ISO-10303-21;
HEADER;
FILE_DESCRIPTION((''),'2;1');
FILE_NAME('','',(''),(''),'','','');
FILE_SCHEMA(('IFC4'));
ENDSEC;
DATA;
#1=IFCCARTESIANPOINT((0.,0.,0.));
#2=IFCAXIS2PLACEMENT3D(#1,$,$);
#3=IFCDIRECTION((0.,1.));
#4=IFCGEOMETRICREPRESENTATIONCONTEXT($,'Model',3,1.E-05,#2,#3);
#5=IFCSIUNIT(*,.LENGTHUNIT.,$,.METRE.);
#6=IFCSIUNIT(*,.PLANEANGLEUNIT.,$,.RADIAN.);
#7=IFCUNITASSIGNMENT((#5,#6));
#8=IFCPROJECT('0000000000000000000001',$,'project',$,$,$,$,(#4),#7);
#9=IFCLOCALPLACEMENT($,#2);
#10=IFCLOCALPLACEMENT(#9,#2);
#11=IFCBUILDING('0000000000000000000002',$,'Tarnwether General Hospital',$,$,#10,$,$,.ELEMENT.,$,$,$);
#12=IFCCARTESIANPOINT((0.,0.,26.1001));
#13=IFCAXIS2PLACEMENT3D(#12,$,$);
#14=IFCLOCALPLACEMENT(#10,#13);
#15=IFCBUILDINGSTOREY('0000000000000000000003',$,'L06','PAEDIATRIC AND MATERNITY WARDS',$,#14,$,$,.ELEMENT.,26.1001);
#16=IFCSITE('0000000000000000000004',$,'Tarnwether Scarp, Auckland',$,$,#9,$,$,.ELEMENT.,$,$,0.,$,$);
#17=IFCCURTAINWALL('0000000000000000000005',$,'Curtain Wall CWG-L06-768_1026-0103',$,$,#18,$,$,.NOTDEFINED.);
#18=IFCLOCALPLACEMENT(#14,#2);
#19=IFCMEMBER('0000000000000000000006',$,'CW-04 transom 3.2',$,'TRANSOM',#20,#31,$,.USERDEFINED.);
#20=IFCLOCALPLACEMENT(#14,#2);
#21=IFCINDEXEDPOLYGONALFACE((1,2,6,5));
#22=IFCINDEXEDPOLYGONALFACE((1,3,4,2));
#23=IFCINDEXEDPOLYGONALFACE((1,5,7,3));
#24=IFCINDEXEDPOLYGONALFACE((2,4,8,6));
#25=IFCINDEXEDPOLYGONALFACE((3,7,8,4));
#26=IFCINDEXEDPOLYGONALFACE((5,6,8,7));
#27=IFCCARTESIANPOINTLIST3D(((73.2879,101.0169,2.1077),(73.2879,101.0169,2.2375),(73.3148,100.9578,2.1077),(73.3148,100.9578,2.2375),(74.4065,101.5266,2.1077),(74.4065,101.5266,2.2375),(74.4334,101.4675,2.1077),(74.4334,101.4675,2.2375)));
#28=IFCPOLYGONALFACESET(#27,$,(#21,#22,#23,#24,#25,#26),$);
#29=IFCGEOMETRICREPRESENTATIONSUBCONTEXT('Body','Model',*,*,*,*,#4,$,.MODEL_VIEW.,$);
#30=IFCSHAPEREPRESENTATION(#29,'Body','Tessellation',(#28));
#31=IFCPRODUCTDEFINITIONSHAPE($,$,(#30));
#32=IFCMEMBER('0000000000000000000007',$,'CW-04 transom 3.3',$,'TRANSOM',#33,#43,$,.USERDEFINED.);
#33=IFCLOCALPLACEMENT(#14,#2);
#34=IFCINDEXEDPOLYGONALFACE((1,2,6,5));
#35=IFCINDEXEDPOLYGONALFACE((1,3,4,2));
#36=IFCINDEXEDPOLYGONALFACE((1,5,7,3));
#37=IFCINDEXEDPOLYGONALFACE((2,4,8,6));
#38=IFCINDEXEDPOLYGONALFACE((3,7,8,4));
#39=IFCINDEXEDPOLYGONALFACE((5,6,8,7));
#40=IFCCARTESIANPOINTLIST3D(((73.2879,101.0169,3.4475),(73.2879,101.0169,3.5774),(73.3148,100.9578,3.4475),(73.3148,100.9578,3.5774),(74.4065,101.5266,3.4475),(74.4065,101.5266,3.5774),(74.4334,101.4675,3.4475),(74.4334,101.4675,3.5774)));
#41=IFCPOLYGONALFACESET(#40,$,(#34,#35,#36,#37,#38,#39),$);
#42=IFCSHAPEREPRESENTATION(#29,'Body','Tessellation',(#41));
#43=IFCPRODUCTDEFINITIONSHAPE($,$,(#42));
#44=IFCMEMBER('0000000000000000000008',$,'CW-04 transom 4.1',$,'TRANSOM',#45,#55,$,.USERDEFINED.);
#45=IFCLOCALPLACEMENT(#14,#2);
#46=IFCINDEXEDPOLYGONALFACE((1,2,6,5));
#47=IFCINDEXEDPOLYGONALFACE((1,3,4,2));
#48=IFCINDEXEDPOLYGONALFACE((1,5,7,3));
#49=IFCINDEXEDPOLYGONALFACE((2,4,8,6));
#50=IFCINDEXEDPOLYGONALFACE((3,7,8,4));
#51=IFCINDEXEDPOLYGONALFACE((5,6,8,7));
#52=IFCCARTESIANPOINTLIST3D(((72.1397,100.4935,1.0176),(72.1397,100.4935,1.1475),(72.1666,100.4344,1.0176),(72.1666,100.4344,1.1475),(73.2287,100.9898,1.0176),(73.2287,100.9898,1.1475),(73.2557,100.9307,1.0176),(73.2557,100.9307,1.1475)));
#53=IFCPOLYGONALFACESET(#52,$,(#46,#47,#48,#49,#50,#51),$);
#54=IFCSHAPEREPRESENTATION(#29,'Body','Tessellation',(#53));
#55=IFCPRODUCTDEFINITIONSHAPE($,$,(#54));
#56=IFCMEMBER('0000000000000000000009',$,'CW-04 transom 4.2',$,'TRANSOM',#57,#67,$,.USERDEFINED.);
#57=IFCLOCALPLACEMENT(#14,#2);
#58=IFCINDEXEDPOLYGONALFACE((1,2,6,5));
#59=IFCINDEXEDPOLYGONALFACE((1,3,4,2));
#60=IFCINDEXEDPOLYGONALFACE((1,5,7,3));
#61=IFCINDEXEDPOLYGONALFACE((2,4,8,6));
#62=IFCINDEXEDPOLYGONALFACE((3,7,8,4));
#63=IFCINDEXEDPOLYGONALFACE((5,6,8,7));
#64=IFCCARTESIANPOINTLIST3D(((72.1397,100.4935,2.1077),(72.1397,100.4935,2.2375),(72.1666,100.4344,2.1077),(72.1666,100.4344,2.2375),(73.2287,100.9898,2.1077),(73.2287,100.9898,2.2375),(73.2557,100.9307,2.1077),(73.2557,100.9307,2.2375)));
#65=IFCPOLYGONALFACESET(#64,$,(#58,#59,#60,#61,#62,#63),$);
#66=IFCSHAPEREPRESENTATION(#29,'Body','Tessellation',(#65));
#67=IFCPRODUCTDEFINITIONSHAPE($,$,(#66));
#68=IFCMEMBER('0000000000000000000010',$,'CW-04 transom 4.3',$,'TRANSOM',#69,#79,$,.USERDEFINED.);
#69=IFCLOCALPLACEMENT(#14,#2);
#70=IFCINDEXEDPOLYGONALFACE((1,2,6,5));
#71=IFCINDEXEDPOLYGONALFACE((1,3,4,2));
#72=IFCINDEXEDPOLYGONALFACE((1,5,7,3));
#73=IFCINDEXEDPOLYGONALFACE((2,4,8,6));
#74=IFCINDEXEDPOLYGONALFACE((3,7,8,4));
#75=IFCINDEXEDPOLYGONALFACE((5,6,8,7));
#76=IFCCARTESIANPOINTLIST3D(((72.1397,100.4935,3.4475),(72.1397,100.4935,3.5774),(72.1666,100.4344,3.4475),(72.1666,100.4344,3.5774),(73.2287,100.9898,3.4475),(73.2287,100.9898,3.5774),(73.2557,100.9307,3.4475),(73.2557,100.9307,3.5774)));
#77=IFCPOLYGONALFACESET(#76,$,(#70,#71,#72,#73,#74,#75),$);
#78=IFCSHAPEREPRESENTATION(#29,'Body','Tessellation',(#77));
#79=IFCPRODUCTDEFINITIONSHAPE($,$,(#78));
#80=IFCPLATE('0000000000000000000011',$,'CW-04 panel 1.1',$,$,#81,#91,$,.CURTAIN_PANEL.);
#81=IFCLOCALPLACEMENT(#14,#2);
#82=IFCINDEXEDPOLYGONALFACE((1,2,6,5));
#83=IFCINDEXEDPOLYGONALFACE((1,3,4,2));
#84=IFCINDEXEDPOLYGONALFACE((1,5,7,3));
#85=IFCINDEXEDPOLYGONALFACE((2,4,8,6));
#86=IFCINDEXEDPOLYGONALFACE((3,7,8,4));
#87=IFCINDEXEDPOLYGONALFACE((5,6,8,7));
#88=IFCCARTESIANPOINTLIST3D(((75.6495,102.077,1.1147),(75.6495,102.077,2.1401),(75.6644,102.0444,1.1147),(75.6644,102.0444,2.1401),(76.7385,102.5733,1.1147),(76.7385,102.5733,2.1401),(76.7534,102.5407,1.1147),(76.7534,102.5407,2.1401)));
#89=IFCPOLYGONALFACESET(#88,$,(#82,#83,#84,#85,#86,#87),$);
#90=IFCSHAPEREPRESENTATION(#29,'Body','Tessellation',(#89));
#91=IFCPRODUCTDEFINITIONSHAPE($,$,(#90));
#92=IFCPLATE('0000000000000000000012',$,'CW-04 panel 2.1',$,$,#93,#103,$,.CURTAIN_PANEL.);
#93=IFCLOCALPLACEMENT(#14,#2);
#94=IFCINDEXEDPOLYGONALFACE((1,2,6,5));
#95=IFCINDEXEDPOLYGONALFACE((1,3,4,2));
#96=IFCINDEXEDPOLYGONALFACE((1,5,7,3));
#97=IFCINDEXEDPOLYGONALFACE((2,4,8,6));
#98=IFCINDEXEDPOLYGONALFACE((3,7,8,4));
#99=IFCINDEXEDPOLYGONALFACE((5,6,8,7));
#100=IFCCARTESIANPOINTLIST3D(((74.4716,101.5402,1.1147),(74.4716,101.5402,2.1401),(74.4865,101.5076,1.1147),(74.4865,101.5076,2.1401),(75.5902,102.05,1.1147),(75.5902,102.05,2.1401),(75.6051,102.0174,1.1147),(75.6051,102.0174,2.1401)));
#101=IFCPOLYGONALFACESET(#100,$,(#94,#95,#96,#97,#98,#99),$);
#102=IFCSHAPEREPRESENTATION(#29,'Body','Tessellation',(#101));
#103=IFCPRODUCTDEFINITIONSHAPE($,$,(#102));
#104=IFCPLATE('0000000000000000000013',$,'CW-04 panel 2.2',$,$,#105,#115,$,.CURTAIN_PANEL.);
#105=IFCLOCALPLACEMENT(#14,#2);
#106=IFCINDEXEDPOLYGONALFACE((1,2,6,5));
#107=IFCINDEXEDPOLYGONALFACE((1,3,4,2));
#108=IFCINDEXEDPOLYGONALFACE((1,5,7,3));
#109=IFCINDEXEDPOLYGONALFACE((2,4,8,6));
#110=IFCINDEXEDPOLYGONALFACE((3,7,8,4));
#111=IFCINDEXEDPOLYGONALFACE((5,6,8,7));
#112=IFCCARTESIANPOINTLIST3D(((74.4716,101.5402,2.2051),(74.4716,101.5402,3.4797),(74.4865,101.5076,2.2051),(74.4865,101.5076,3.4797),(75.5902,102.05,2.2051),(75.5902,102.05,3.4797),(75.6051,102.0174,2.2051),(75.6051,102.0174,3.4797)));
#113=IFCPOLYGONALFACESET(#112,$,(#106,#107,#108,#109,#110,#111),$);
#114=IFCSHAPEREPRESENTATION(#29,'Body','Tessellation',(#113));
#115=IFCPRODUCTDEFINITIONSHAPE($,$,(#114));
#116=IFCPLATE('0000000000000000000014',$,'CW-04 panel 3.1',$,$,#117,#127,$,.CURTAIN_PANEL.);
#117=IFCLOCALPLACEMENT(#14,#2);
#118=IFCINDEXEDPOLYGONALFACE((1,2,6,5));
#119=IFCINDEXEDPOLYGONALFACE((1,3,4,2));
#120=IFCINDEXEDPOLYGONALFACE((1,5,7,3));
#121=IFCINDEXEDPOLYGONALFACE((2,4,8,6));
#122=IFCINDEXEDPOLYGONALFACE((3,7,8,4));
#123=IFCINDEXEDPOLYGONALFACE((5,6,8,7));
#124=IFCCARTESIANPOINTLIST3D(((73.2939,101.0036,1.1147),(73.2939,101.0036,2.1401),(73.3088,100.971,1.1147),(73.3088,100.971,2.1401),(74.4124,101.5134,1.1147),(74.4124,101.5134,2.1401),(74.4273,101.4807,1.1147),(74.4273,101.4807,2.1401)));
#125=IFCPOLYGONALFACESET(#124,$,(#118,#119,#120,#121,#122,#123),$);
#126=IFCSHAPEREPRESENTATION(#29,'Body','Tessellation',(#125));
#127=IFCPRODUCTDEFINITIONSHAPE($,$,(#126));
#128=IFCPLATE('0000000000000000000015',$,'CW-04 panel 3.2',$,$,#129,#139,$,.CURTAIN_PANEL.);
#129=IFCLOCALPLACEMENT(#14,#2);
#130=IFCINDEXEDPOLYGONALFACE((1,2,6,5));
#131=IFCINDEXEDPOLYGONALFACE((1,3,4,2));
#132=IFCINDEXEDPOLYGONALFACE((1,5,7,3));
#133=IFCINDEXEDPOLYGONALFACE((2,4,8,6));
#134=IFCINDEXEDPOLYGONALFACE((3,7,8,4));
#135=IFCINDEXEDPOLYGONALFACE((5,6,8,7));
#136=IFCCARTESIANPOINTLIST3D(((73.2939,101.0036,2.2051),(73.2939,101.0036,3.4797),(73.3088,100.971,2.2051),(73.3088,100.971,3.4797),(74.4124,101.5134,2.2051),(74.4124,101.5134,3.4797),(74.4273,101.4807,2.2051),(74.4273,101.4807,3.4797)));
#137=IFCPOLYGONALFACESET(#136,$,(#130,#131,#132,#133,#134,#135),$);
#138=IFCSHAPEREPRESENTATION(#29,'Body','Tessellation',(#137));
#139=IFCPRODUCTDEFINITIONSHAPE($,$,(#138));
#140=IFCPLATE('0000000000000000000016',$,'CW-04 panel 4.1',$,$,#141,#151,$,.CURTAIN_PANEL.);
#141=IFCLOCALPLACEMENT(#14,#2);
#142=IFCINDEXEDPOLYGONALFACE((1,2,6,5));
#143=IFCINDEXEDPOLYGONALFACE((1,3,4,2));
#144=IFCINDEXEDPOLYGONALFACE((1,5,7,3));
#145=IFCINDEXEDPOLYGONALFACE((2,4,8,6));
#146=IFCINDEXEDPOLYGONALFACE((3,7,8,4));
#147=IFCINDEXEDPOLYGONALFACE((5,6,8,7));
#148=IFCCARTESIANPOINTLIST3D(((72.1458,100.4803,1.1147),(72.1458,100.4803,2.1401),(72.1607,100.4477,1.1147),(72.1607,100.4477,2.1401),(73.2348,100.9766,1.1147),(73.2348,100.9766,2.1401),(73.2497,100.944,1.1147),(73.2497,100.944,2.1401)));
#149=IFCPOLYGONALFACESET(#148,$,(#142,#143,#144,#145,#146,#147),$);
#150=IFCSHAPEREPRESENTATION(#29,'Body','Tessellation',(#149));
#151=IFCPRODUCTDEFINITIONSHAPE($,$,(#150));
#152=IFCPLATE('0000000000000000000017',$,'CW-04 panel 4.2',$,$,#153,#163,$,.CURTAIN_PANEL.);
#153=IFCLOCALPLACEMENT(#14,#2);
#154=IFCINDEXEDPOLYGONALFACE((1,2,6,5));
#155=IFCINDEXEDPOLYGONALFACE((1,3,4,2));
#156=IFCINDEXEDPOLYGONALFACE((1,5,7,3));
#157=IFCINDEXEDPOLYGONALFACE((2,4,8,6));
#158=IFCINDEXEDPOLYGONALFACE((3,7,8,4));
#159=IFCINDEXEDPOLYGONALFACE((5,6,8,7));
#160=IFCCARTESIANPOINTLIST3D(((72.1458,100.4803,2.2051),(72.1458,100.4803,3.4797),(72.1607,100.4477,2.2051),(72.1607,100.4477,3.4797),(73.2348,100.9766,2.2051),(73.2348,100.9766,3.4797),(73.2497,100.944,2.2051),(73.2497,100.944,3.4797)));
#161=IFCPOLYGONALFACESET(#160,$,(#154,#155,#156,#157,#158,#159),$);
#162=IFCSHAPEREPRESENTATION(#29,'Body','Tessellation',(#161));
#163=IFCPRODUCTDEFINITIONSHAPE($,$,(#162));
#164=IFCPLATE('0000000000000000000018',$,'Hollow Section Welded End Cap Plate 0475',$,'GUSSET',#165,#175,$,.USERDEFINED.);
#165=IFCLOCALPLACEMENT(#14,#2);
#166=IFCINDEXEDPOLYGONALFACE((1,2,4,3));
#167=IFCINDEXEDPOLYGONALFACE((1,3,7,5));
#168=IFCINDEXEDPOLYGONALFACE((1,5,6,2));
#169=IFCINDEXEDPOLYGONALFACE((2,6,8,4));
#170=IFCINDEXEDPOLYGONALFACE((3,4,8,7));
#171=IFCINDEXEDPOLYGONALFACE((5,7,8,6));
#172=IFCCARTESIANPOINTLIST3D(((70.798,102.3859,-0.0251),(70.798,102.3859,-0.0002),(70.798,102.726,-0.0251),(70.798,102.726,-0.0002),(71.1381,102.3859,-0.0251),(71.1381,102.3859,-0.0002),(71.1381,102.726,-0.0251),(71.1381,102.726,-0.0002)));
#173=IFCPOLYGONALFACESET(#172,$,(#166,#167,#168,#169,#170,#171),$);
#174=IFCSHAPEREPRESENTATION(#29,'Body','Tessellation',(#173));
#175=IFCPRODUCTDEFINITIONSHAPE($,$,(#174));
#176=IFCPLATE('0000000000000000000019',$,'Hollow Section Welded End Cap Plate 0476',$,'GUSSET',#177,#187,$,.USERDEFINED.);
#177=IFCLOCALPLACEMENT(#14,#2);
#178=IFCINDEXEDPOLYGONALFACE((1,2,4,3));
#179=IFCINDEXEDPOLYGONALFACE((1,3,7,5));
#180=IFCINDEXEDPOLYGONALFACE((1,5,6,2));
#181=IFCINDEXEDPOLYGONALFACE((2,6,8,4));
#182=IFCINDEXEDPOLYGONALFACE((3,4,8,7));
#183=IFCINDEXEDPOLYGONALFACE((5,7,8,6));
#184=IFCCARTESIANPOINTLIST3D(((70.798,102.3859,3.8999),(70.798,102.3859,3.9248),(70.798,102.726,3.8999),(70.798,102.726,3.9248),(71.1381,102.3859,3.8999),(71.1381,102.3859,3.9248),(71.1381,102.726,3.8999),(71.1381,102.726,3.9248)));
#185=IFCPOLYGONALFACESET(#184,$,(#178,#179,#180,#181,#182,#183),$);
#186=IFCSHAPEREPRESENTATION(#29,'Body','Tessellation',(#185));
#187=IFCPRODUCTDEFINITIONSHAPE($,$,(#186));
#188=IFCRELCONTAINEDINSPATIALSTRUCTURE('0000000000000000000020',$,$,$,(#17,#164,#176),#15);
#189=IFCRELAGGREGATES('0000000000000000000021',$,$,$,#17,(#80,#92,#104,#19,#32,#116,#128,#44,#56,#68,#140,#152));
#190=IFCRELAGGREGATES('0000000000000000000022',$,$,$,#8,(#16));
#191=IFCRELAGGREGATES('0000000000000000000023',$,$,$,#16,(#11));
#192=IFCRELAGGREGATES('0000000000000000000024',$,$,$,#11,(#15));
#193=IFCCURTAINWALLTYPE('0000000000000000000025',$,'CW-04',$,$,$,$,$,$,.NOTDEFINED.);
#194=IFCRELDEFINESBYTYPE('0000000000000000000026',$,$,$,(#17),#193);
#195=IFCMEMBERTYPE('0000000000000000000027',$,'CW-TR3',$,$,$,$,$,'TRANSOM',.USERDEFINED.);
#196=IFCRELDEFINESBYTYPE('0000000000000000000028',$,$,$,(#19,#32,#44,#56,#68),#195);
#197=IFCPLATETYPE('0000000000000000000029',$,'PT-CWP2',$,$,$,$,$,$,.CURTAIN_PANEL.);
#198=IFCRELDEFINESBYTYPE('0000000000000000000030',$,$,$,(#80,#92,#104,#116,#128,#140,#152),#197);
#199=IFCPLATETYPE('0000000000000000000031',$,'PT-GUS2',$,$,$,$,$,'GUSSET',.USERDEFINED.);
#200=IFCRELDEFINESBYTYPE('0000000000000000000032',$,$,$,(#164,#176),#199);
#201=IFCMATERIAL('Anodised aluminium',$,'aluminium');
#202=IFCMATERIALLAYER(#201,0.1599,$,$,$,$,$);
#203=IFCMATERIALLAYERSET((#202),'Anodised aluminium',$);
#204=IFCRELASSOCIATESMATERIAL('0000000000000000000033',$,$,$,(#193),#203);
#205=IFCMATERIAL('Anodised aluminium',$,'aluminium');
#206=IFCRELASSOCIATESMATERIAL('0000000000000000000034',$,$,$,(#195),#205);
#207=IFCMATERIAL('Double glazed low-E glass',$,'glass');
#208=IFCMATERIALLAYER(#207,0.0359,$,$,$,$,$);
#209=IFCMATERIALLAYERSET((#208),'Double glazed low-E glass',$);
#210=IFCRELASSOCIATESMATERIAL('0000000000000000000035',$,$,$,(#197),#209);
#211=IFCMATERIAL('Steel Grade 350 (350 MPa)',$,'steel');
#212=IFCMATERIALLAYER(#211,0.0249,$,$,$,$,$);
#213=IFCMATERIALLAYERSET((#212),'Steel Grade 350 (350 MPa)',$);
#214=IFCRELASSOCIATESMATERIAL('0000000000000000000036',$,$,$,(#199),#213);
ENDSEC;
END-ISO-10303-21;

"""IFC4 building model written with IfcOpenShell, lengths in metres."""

from ifc_helpers import new_model, si_unit, direction, frame, origin, origin_2d, place, context, subcontext, project, spatial, rectangle, extrude, material, layer, layer_set, material_profile, profile_set, type_object, element, aggregate, save


model = new_model("IFC4")

# Units and contexts
model_context = context("Model", 3, precision=1e-05, world=origin(), true_north=direction((0.0, 1.0)))
body_context = subcontext(model_context, "Body", "Model", "MODEL_VIEW")
ifc_project = project(units=[si_unit("LENGTHUNIT", "METRE"), si_unit("PLANEANGLEUNIT", "RADIAN")], contexts=[model_context])

# Site, building, storey
site_placement = place(None, origin())
site = spatial("IfcSite", under=ifc_project, at=site_placement, Name="Tarnwether Scarp, Auckland", CompositionType="ELEMENT", RefElevation=0.0)
building_placement = place(site_placement, origin())
building = spatial("IfcBuilding", under=site, at=building_placement, Name="Tarnwether General Hospital", CompositionType="ELEMENT")
storey_placement = place(building_placement, frame((0.0, 0.0, 26.1001)))
storey = spatial("IfcBuildingStorey", under=building, at=storey_placement, Name="L06", Description="PAEDIATRIC AND MATERNITY WARDS", CompositionType="ELEMENT", Elevation=26.1001)

# Curtain wall, members, plates
ifc_material_1 = material(Name="Anodised aluminium", Category="aluminium")
ifc_layer_1 = layer(ifc_material_1, 0.1599)
ifc_layer_set_1 = layer_set([ifc_layer_1], Name="Anodised aluminium")
curtain_wall_type = type_object("IfcCurtainWallType", Name="CW-04", PredefinedType="NOTDEFINED", material=ifc_layer_set_1)
curtain_wall_placement = place(storey_placement, origin())
curtain_wall = element("IfcCurtainWall", 1, at=curtain_wall_placement, inside=storey, type_object=curtain_wall_type, Name="Curtain Wall CWG-L06-768_1026-0103", PredefinedType="NOTDEFINED")
ifc_material_2 = material(Name="Anodised aluminium", Category="aluminium")
ifc_material_profile_1 = material_profile(ifc_material_2, rectangle(XDim=0.0649, YDim=0.1299, at=origin_2d()), Name="ALU-TRN-65x130")
ifc_profile_set_1 = profile_set([ifc_material_profile_1], Name="Anodised aluminium")
member_type_1 = type_object("IfcMemberType", Name="CW-TR3", ElementType="TRANSOM", PredefinedType="USERDEFINED", material=ifc_profile_set_1)
member_1_placement = place(storey_placement, frame((74.4199, 101.4971, 2.1726), z_axis=(-0.909972, -0.414671, 0.0), x_axis=(0.414671, -0.909972, 0.0)))
member_1 = element("IfcMember", 2, at=member_1_placement, type_object=member_type_1, Name="CW-04 transom 3.2", ObjectType="TRANSOM", PredefinedType="USERDEFINED", context=body_context, shape_type="SweptSolid", body=[
    extrude(rectangle(XDim=0.0649, YDim=0.1299, at=origin_2d()), origin(), (0.0, 0.0, 1.0), 1.2292),
])
member_2_placement = place(storey_placement, frame((74.4199, 101.4971, 3.5125), z_axis=(-0.909972, -0.414671, 0.0), x_axis=(0.414671, -0.909972, 0.0)))
member_2 = element("IfcMember", 3, at=member_2_placement, type_object=member_type_1, Name="CW-04 transom 3.3", ObjectType="TRANSOM", PredefinedType="USERDEFINED", context=body_context, shape_type="SweptSolid", body=[
    extrude(rectangle(XDim=0.0649, YDim=0.1299, at=origin_2d()), origin(), (0.0, 0.0, 1.0), 1.2292),
])
member_3_placement = place(storey_placement, frame((73.2422, 100.9602, 1.0825), z_axis=(-0.909961, -0.414694, 0.0), x_axis=(0.414694, -0.909961, 0.0)))
member_3 = element("IfcMember", 4, at=member_3_placement, type_object=member_type_1, Name="CW-04 transom 4.1", ObjectType="TRANSOM", PredefinedType="USERDEFINED", context=body_context, shape_type="SweptSolid", body=[
    extrude(rectangle(XDim=0.0649, YDim=0.1299, at=origin_2d()), origin(), (0.0, 0.0, 1.0), 1.1968),
])
member_4_placement = place(storey_placement, frame((73.2422, 100.9602, 2.1726), z_axis=(-0.909961, -0.414694, 0.0), x_axis=(0.414694, -0.909961, 0.0)))
member_4 = element("IfcMember", 5, at=member_4_placement, type_object=member_type_1, Name="CW-04 transom 4.2", ObjectType="TRANSOM", PredefinedType="USERDEFINED", context=body_context, shape_type="SweptSolid", body=[
    extrude(rectangle(XDim=0.0649, YDim=0.1299, at=origin_2d()), origin(), (0.0, 0.0, 1.0), 1.1968),
])
member_5_placement = place(storey_placement, frame((73.2422, 100.9602, 3.5125), z_axis=(-0.909961, -0.414694, 0.0), x_axis=(0.414694, -0.909961, 0.0)))
member_5 = element("IfcMember", 6, at=member_5_placement, type_object=member_type_1, Name="CW-04 transom 4.3", ObjectType="TRANSOM", PredefinedType="USERDEFINED", context=body_context, shape_type="SweptSolid", body=[
    extrude(rectangle(XDim=0.0649, YDim=0.1299, at=origin_2d()), origin(), (0.0, 0.0, 1.0), 1.1968),
])
ifc_material_3 = material(Name="Double glazed low-E glass", Category="glass")
ifc_layer_2 = layer(ifc_material_3, 0.0359)
ifc_layer_set_2 = layer_set([ifc_layer_2], Name="Double glazed low-E glass")
plate_type_1 = type_object("IfcPlateType", Name="PT-CWP2", PredefinedType="CURTAIN_PANEL", material=ifc_layer_set_2)
plate_1_placement = place(storey_placement, frame((76.2014, 102.3088, 1.1147), z_axis=(0.0, 0.0, 1.0), x_axis=(-0.909956, -0.414705, 0.0)))
plate_1 = element("IfcPlate", 7, at=plate_1_placement, type_object=plate_type_1, Name="CW-04 panel 1.1", PredefinedType="CURTAIN_PANEL", context=body_context, shape_type="SweptSolid", body=[
    extrude(rectangle(XDim=1.1968, YDim=0.0359, at=origin_2d()), origin(), (0.0, 0.0, 1.0), 1.0254),
])
plate_2_placement = place(storey_placement, frame((75.0383, 101.7788, 1.1147), z_axis=(0.0, 0.0, 1.0), x_axis=(-0.909956, -0.414705, 0.0)))
plate_2 = element("IfcPlate", 8, at=plate_2_placement, type_object=plate_type_1, Name="CW-04 panel 2.1", PredefinedType="CURTAIN_PANEL", context=body_context, shape_type="SweptSolid", body=[
    extrude(rectangle(XDim=1.2292, YDim=0.0359, at=origin_2d()), origin(), (0.0, 0.0, 1.0), 1.0254),
])
plate_3_placement = place(storey_placement, frame((75.0383, 101.7788, 2.2051), z_axis=(0.0, 0.0, 1.0), x_axis=(-0.909956, -0.414705, 0.0)))
plate_3 = element("IfcPlate", 9, at=plate_3_placement, type_object=plate_type_1, Name="CW-04 panel 2.2", PredefinedType="CURTAIN_PANEL", context=body_context, shape_type="SweptSolid", body=[
    extrude(rectangle(XDim=1.2292, YDim=0.0359, at=origin_2d()), origin(), (0.0, 0.0, 1.0), 1.2747),
])
plate_4_placement = place(storey_placement, frame((73.8606, 101.2422, 1.1147), z_axis=(0.0, 0.0, 1.0), x_axis=(-0.909956, -0.414705, 0.0)))
plate_4 = element("IfcPlate", 10, at=plate_4_placement, type_object=plate_type_1, Name="CW-04 panel 3.1", PredefinedType="CURTAIN_PANEL", context=body_context, shape_type="SweptSolid", body=[
    extrude(rectangle(XDim=1.2292, YDim=0.0359, at=origin_2d()), origin(), (0.0, 0.0, 1.0), 1.0254),
])
plate_5_placement = place(storey_placement, frame((73.8606, 101.2422, 2.2051), z_axis=(0.0, 0.0, 1.0), x_axis=(-0.909956, -0.414705, 0.0)))
plate_5 = element("IfcPlate", 11, at=plate_5_placement, type_object=plate_type_1, Name="CW-04 panel 3.2", PredefinedType="CURTAIN_PANEL", context=body_context, shape_type="SweptSolid", body=[
    extrude(rectangle(XDim=1.2292, YDim=0.0359, at=origin_2d()), origin(), (0.0, 0.0, 1.0), 1.2747),
])
plate_6_placement = place(storey_placement, frame((72.6978, 100.7122, 1.1147), z_axis=(0.0, 0.0, 1.0), x_axis=(-0.909956, -0.414705, 0.0)))
plate_6 = element("IfcPlate", 12, at=plate_6_placement, type_object=plate_type_1, Name="CW-04 panel 4.1", PredefinedType="CURTAIN_PANEL", context=body_context, shape_type="SweptSolid", body=[
    extrude(rectangle(XDim=1.1968, YDim=0.0359, at=origin_2d()), origin(), (0.0, 0.0, 1.0), 1.0254),
])
plate_7_placement = place(storey_placement, frame((72.6978, 100.7122, 2.2051), z_axis=(0.0, 0.0, 1.0), x_axis=(-0.909956, -0.414705, 0.0)))
plate_7 = element("IfcPlate", 13, at=plate_7_placement, type_object=plate_type_1, Name="CW-04 panel 4.2", PredefinedType="CURTAIN_PANEL", context=body_context, shape_type="SweptSolid", body=[
    extrude(rectangle(XDim=1.1968, YDim=0.0359, at=origin_2d()), origin(), (0.0, 0.0, 1.0), 1.2747),
])
aggregate(curtain_wall, [plate_1, plate_2, plate_3, member_1, member_2, plate_4, plate_5, member_3, member_4, member_5, plate_6, plate_7])

# Plates
ifc_material_4 = material(Name="Steel Grade 350 (350 MPa)", Category="steel")
ifc_layer_3 = layer(ifc_material_4, 0.0249)
ifc_layer_set_3 = layer_set([ifc_layer_3], Name="Steel Grade 350 (350 MPa)")
plate_type_2 = type_object("IfcPlateType", Name="PT-GUS2", ElementType="GUSSET", PredefinedType="USERDEFINED", material=ifc_layer_set_3)
for number, where, z_axis, x_axis, name in (
    (14, (70.968, 102.5559, -0.0251), (0.0, 0.0, 1.0), (1.0, 0.0, 0.0), "Hollow Section Welded End Cap Plate 0475"),
    (15, (70.968, 102.5559, 3.8999), (0.0, 0.0, 1.0), (1.0, 0.0, 0.0), "Hollow Section Welded End Cap Plate 0476"),
):
    element("IfcPlate", number, at=place(storey_placement, frame(where, z_axis=z_axis, x_axis=x_axis)), inside=storey, type_object=plate_type_2, Name=name, ObjectType="GUSSET", PredefinedType="USERDEFINED", context=body_context, shape_type="SweptSolid", body=[
        extrude(rectangle(XDim=0.3401, YDim=0.3401, at=origin_2d()), origin(), (0.0, 0.0, 1.0), 0.0249),
    ])

save(model, "model.ifc")
